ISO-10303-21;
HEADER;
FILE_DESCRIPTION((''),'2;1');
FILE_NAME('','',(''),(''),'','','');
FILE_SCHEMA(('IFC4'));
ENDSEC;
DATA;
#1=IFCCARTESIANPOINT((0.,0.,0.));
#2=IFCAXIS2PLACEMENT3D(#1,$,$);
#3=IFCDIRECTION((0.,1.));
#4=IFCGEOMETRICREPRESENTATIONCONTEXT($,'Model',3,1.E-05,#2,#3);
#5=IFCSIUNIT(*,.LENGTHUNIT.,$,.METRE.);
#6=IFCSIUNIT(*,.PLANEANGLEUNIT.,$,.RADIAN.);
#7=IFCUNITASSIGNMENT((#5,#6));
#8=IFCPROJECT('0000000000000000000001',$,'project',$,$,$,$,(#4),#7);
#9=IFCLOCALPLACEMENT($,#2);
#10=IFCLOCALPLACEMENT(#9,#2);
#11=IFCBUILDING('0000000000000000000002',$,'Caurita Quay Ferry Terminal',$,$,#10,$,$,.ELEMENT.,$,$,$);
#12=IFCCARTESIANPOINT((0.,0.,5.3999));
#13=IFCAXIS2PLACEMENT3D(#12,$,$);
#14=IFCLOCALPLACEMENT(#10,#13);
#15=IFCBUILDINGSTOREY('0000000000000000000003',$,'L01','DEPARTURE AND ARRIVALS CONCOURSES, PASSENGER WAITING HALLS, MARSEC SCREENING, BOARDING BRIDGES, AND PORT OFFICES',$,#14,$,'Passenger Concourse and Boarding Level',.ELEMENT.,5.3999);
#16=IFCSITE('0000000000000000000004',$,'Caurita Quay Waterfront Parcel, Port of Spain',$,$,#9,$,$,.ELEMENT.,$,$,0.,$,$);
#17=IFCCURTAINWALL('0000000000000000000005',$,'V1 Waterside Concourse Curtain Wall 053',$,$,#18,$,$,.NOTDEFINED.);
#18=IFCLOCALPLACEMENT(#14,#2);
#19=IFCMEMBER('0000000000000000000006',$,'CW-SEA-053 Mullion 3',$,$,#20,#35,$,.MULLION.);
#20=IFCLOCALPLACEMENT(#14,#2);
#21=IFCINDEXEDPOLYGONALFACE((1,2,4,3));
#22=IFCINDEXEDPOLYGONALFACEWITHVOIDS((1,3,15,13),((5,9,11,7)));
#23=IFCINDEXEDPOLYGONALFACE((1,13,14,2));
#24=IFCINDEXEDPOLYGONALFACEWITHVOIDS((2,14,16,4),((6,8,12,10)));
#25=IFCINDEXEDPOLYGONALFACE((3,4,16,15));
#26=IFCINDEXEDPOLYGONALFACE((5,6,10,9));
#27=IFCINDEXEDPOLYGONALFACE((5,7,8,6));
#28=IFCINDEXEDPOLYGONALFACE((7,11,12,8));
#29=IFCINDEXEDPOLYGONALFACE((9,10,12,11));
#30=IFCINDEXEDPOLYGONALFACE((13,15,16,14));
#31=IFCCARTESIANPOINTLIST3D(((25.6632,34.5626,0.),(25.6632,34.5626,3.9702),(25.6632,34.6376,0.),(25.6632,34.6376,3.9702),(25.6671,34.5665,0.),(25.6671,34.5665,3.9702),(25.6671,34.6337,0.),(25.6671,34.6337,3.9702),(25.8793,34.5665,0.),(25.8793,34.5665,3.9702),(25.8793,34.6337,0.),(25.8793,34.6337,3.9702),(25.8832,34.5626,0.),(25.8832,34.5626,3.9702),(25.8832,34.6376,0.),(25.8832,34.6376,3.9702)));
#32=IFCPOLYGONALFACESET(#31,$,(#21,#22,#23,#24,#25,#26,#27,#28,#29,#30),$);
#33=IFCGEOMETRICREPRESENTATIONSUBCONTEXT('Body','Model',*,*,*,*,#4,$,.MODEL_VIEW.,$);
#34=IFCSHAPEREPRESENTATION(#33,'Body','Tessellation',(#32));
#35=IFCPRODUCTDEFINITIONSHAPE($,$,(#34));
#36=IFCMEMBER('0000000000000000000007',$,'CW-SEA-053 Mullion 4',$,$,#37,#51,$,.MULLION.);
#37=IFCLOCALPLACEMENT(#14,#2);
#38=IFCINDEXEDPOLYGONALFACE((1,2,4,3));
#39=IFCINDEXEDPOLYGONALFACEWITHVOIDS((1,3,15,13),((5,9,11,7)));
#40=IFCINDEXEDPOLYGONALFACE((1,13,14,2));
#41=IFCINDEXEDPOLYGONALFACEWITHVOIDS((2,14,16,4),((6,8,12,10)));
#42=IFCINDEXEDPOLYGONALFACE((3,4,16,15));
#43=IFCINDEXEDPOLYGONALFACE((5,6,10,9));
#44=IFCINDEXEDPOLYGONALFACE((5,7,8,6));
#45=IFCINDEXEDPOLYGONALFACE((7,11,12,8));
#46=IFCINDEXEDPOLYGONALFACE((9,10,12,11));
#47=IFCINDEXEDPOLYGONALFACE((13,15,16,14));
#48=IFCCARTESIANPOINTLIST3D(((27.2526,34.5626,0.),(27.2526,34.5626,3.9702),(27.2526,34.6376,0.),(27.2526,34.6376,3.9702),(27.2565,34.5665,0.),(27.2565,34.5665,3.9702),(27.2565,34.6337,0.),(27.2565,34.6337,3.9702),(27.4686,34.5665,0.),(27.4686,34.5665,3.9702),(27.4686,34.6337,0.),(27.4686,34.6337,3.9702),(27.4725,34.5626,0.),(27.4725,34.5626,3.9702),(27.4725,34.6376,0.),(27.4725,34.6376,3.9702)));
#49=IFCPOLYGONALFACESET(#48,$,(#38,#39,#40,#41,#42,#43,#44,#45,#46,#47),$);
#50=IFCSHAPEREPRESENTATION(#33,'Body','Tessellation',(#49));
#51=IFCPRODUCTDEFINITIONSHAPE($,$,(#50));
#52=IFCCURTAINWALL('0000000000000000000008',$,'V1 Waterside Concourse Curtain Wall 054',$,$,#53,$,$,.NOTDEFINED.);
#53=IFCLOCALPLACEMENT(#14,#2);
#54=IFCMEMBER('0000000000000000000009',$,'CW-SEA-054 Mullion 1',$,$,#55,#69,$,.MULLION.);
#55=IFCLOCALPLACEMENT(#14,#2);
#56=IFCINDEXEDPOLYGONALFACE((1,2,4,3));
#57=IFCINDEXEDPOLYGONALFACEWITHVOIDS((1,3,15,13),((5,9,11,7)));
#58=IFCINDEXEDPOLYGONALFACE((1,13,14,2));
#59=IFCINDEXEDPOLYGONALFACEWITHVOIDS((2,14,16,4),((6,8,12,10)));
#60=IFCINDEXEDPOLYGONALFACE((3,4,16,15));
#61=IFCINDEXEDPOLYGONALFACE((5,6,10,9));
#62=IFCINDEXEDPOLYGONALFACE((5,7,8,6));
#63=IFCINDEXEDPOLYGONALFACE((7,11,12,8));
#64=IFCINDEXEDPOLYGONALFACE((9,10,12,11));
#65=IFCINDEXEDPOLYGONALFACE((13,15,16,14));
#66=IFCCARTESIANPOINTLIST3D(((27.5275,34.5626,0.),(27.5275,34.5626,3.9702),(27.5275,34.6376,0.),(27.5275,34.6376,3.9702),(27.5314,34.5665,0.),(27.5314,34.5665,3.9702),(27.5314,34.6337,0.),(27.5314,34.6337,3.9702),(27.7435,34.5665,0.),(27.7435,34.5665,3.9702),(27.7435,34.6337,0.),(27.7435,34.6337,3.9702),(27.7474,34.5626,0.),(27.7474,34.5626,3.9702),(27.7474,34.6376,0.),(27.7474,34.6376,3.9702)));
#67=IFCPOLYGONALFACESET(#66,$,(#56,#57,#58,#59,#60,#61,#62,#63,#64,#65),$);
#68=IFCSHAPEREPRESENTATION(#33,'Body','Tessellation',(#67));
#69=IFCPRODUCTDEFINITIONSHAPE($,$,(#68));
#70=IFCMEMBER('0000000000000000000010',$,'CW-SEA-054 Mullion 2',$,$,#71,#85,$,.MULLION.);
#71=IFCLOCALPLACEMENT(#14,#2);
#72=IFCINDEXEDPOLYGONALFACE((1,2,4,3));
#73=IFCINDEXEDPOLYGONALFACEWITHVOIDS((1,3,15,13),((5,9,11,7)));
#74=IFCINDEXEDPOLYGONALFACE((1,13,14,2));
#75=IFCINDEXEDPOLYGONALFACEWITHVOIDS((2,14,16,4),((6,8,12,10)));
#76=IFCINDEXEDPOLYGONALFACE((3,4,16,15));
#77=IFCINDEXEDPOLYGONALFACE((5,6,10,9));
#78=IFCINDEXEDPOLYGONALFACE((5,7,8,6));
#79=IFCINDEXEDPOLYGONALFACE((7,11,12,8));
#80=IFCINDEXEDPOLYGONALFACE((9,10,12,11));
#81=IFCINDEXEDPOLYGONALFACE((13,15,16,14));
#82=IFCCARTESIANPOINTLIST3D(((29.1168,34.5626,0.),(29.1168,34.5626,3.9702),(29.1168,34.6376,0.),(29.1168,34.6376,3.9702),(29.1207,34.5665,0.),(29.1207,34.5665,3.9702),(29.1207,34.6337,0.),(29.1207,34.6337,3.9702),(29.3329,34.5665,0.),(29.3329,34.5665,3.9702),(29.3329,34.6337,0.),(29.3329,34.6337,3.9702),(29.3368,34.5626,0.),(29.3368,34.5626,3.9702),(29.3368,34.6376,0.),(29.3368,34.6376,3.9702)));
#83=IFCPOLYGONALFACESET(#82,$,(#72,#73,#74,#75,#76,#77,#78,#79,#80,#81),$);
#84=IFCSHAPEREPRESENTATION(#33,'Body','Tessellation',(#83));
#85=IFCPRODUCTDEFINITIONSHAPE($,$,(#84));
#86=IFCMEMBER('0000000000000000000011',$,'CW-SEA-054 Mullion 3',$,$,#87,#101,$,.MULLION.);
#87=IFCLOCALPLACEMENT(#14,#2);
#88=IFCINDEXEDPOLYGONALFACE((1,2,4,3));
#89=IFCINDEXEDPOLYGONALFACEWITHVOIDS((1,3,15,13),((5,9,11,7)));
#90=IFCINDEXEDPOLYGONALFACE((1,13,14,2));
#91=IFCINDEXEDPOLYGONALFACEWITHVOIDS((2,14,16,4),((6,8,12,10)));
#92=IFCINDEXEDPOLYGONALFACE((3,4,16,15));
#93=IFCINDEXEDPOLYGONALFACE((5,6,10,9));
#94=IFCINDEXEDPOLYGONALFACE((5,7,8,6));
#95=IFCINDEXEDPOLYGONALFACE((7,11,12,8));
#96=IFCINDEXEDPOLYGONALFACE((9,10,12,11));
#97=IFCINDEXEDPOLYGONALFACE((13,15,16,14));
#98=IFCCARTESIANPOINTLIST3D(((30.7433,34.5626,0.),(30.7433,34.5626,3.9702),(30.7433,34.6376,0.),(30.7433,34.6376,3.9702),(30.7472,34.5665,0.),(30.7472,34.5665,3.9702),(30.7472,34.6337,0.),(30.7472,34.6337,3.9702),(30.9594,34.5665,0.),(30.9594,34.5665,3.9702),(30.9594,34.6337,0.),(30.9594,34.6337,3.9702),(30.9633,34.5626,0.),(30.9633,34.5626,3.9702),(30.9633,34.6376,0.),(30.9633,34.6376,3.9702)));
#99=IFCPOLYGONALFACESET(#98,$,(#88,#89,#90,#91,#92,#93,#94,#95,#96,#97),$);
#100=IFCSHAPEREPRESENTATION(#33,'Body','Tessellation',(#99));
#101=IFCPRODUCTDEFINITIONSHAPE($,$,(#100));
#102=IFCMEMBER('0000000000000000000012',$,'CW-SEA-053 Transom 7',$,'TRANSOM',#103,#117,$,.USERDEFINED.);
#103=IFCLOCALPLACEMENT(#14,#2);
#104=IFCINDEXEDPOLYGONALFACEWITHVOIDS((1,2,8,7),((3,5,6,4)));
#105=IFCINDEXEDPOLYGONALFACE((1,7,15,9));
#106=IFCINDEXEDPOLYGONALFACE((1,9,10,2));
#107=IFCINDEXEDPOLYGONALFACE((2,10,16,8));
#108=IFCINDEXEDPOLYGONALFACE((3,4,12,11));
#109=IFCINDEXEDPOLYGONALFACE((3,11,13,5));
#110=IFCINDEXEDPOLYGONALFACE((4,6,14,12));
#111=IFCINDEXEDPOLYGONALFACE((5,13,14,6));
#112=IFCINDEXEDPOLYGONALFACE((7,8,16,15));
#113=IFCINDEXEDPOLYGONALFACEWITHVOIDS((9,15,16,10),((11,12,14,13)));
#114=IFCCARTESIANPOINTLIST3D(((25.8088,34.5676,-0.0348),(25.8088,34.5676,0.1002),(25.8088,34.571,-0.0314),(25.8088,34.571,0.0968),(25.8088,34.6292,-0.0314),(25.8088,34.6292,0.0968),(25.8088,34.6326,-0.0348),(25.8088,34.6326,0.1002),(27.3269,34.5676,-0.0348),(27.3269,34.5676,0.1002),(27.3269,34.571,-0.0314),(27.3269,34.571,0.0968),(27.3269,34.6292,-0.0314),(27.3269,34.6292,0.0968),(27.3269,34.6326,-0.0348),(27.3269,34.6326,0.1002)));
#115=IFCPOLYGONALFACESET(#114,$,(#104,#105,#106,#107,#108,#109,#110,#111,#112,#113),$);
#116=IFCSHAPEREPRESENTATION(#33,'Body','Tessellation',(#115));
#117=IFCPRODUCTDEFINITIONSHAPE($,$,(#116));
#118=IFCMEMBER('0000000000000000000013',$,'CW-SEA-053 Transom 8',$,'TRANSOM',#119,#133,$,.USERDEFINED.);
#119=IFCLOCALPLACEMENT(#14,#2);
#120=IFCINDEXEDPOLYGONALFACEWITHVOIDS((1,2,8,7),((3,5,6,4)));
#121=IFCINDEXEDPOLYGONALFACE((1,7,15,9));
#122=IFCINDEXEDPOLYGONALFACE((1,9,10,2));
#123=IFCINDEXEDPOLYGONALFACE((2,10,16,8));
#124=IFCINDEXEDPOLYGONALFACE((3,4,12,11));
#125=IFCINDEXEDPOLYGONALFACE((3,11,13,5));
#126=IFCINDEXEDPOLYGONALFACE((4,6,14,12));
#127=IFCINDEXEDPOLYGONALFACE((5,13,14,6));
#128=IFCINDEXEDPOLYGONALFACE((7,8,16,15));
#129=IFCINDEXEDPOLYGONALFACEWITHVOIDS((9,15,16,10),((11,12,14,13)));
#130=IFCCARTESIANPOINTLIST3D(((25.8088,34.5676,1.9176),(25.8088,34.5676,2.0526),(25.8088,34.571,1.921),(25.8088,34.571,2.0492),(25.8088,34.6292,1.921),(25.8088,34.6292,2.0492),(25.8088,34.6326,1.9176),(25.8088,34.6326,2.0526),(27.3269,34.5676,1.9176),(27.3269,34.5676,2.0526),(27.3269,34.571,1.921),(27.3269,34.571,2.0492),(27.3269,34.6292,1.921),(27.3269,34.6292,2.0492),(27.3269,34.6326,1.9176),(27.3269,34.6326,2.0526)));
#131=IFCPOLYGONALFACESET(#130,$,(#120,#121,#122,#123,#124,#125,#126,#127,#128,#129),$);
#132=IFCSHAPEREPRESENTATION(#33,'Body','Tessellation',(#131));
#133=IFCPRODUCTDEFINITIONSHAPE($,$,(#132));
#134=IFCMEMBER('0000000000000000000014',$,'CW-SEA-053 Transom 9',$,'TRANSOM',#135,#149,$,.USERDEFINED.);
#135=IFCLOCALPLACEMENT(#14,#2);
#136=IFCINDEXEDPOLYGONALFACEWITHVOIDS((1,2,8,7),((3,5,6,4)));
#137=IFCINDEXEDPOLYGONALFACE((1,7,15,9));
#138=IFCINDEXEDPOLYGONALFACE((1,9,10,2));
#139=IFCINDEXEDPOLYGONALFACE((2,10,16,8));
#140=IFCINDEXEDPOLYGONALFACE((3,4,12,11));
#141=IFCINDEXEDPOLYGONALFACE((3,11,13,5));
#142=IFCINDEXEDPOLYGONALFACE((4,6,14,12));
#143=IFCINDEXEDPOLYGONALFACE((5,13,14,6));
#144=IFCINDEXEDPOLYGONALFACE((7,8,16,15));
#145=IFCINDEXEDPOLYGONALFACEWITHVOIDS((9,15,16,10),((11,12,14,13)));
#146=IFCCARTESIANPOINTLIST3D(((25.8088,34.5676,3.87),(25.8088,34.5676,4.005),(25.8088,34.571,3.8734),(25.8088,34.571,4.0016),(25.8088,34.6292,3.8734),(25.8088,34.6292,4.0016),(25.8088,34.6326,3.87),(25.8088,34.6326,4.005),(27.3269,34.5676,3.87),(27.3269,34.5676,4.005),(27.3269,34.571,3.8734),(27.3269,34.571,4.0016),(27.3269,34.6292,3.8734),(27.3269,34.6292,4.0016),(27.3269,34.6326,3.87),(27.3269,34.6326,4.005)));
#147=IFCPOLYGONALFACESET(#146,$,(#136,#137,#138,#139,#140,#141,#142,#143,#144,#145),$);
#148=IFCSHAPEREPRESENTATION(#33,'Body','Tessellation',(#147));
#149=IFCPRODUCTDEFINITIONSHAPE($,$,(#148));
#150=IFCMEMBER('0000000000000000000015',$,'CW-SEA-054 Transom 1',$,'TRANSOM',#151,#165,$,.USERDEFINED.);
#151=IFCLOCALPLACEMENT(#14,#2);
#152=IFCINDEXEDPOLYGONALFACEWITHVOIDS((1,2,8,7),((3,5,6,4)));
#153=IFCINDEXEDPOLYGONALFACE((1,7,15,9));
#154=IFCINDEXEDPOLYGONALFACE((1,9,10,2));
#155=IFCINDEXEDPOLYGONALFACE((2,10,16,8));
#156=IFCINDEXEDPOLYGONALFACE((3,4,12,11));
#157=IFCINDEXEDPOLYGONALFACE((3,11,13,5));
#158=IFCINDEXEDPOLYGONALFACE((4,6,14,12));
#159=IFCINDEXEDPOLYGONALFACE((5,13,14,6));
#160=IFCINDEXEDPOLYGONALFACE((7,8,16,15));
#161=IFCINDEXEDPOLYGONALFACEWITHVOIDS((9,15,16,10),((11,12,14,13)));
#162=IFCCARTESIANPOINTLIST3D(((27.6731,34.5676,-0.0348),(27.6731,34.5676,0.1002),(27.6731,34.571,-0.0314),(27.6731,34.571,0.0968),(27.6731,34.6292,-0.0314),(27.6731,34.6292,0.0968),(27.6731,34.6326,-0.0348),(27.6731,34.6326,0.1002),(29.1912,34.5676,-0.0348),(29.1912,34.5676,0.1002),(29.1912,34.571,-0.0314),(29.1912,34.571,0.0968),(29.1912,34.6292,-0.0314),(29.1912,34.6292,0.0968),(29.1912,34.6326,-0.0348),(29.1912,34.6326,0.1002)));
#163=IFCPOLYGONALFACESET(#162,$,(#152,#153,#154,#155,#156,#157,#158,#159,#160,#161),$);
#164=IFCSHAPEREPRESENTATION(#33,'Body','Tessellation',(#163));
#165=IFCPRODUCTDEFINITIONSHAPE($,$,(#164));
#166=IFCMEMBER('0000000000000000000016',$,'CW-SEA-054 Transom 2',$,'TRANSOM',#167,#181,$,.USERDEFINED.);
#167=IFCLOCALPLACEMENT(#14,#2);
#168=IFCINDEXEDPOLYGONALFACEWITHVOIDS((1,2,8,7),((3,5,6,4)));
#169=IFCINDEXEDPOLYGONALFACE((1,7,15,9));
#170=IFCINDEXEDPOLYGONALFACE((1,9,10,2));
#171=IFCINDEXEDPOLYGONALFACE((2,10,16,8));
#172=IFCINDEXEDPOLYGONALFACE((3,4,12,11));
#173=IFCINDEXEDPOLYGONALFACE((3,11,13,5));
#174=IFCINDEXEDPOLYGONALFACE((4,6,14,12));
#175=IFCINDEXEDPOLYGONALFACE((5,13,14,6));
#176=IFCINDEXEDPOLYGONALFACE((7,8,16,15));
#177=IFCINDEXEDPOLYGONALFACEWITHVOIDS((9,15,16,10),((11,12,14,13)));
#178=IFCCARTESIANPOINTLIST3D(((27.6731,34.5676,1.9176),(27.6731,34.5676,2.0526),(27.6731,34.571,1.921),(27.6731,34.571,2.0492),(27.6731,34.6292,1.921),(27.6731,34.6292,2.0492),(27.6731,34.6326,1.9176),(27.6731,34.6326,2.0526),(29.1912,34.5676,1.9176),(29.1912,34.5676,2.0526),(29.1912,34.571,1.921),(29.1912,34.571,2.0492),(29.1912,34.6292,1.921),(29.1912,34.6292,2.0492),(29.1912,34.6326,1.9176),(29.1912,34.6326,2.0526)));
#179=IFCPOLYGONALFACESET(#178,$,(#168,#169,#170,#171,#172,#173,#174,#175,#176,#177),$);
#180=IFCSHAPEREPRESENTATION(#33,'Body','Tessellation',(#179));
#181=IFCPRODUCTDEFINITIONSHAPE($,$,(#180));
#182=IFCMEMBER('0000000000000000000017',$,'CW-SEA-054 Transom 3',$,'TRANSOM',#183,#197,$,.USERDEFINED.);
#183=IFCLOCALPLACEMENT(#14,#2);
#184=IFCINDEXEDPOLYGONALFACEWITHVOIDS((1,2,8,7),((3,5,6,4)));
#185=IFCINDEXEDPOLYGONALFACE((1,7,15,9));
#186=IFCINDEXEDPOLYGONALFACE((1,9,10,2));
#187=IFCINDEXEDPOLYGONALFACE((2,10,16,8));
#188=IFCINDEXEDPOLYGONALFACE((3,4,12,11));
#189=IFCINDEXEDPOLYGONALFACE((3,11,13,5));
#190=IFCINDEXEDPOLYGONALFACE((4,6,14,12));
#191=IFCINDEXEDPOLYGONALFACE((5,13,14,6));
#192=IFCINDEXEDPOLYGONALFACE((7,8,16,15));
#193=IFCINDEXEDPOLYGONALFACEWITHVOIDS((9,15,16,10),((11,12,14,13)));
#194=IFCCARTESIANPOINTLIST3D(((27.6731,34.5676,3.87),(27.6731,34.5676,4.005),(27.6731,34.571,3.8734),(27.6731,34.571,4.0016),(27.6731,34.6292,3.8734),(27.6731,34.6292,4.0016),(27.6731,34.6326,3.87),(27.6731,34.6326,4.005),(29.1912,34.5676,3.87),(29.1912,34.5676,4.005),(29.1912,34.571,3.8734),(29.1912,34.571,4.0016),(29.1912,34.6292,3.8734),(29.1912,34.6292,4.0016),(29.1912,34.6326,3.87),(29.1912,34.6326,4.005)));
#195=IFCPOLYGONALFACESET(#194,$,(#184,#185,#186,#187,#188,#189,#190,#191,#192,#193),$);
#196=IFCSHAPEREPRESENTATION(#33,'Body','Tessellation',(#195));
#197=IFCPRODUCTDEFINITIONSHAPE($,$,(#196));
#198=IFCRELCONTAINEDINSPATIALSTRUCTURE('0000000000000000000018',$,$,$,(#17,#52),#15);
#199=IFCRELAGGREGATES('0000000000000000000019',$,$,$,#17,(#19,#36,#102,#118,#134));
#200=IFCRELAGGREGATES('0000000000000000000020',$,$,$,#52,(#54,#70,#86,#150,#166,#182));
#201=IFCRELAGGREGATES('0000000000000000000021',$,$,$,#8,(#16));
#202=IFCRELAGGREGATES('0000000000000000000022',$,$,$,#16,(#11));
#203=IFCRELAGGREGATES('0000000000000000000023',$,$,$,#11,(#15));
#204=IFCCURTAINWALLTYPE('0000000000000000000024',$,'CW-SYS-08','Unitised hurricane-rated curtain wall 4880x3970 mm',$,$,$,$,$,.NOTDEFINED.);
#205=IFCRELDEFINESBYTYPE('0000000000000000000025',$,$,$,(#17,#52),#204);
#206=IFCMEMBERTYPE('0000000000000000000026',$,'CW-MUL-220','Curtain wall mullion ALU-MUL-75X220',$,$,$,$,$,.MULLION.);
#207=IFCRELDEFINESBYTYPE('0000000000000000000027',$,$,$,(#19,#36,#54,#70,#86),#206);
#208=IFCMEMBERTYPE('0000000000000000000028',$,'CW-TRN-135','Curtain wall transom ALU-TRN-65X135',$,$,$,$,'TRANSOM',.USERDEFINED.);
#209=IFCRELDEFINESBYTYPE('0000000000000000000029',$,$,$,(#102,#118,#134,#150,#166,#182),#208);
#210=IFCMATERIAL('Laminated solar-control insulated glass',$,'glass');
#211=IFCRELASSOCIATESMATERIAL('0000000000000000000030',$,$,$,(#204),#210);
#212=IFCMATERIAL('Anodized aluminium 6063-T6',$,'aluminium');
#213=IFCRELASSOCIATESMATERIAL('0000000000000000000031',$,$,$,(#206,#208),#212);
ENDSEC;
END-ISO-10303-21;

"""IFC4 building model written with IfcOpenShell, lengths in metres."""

from ifc_helpers import new_model, si_unit, direction, frame, origin, origin_2d, place, context, subcontext, project, spatial, hollow_rectangle, extrude, material, material_profile, profile_set, type_object, element, aggregate, save


model = new_model("IFC4")

# Units and contexts
model_context = context("Model", 3, precision=1e-05, world=origin(), true_north=direction((0.0, 1.0)))
body_context = subcontext(model_context, "Body", "Model", "MODEL_VIEW")
ifc_project = project(units=[si_unit("LENGTHUNIT", "METRE"), si_unit("PLANEANGLEUNIT", "RADIAN")], contexts=[model_context])

# Site, building, storey
site_placement = place(None, origin())
site = spatial("IfcSite", under=ifc_project, at=site_placement, Name="Caurita Quay Waterfront Parcel, Port of Spain", CompositionType="ELEMENT", RefElevation=0.0)
building_placement = place(site_placement, origin())
building = spatial("IfcBuilding", under=site, at=building_placement, Name="Caurita Quay Ferry Terminal", CompositionType="ELEMENT")
storey_placement = place(building_placement, frame((0.0, 0.0, 5.3999)))
storey = spatial("IfcBuildingStorey", under=building, at=storey_placement, Name="L01", Description="DEPARTURE AND ARRIVALS CONCOURSES, PASSENGER WAITING HALLS, MARSEC SCREENING, BOARDING BRIDGES, AND PORT OFFICES", LongName="Passenger Concourse and Boarding Level", CompositionType="ELEMENT", Elevation=5.3999)

# Curtain walls, members
ifc_material_1 = material(Name="Laminated solar-control insulated glass", Category="glass")
curtain_wall_type = type_object("IfcCurtainWallType", Name="CW-SYS-08", Description="Unitised hurricane-rated curtain wall 4880x3970 mm", PredefinedType="NOTDEFINED", material=ifc_material_1)
curtain_wall_1_placement = place(storey_placement, origin())
curtain_wall_1 = element("IfcCurtainWall", 1, at=curtain_wall_1_placement, inside=storey, type_object=curtain_wall_type, Name="V1 Waterside Concourse Curtain Wall 053", PredefinedType="NOTDEFINED")
ifc_material_2 = material(Name="Anodized aluminium 6063-T6", Category="aluminium")
ifc_material_profile_1 = material_profile(ifc_material_2, hollow_rectangle(XDim=0.075, YDim=0.22, WallThickness=0.0039, at=origin_2d()), Name="ALU-MUL-75X220")
ifc_profile_set_1 = profile_set([ifc_material_profile_1], Name="Anodized aluminium 6063-T6")
member_type_1 = type_object("IfcMemberType", Name="CW-MUL-220", Description="Curtain wall mullion ALU-MUL-75X220", PredefinedType="MULLION", material=ifc_profile_set_1)
member_1_placement = place(storey_placement, frame((25.7732, 34.6001, 0.0), z_axis=(0.0, 0.0, 1.0), x_axis=(0.0, 1.0, 0.0)))
member_1 = element("IfcMember", 2, at=member_1_placement, type_object=member_type_1, Name="CW-SEA-053 Mullion 3", PredefinedType="MULLION", context=body_context, shape_type="SweptSolid", body=[
    extrude(hollow_rectangle(XDim=0.075, YDim=0.22, WallThickness=0.0039, at=origin_2d()), origin(), (0.0, 0.0, 1.0), 3.9702),
])
member_2_placement = place(storey_placement, frame((27.3625, 34.6001, 0.0), z_axis=(0.0, 0.0, 1.0), x_axis=(0.0, 1.0, 0.0)))
member_2 = element("IfcMember", 3, at=member_2_placement, type_object=member_type_1, Name="CW-SEA-053 Mullion 4", PredefinedType="MULLION", context=body_context, shape_type="SweptSolid", body=[
    extrude(hollow_rectangle(XDim=0.075, YDim=0.22, WallThickness=0.0039, at=origin_2d()), origin(), (0.0, 0.0, 1.0), 3.9702),
])
curtain_wall_2_placement = place(storey_placement, origin())
curtain_wall_2 = element("IfcCurtainWall", 4, at=curtain_wall_2_placement, inside=storey, type_object=curtain_wall_type, Name="V1 Waterside Concourse Curtain Wall 054", PredefinedType="NOTDEFINED")
member_3_placement = place(storey_placement, frame((27.6375, 34.6001, 0.0), z_axis=(0.0, 0.0, 1.0), x_axis=(0.0, 1.0, 0.0)))
member_3 = element("IfcMember", 5, at=member_3_placement, type_object=member_type_1, Name="CW-SEA-054 Mullion 1", PredefinedType="MULLION", context=body_context, shape_type="SweptSolid", body=[
    extrude(hollow_rectangle(XDim=0.075, YDim=0.22, WallThickness=0.0039, at=origin_2d()), origin(), (0.0, 0.0, 1.0), 3.9702),
])
member_4_placement = place(storey_placement, frame((29.2268, 34.6001, 0.0), z_axis=(0.0, 0.0, 1.0), x_axis=(0.0, 1.0, 0.0)))
member_4 = element("IfcMember", 6, at=member_4_placement, type_object=member_type_1, Name="CW-SEA-054 Mullion 2", PredefinedType="MULLION", context=body_context, shape_type="SweptSolid", body=[
    extrude(hollow_rectangle(XDim=0.075, YDim=0.22, WallThickness=0.0039, at=origin_2d()), origin(), (0.0, 0.0, 1.0), 3.9702),
])
member_5_placement = place(storey_placement, frame((30.8533, 34.6001, 0.0), z_axis=(0.0, 0.0, 1.0), x_axis=(0.0, 1.0, 0.0)))
member_5 = element("IfcMember", 7, at=member_5_placement, type_object=member_type_1, Name="CW-SEA-054 Mullion 3", PredefinedType="MULLION", context=body_context, shape_type="SweptSolid", body=[
    extrude(hollow_rectangle(XDim=0.075, YDim=0.22, WallThickness=0.0039, at=origin_2d()), origin(), (0.0, 0.0, 1.0), 3.9702),
])

# Members
ifc_material_profile_2 = material_profile(ifc_material_2, hollow_rectangle(XDim=0.0649, YDim=0.135, WallThickness=0.0034, at=origin_2d()), Name="ALU-TRN-65X135")
ifc_profile_set_2 = profile_set([ifc_material_profile_2], Name="Anodized aluminium 6063-T6")
member_type_2 = type_object("IfcMemberType", Name="CW-TRN-135", Description="Curtain wall transom ALU-TRN-65X135", ElementType="TRANSOM", PredefinedType="USERDEFINED", material=ifc_profile_set_2)
member_6_placement = place(storey_placement, frame((25.8088, 34.6001, 0.0327), z_axis=(1.0, 0.0, 0.0), x_axis=(0.0, 1.0, 0.0)))
member_6 = element("IfcMember", 8, at=member_6_placement, type_object=member_type_2, Name="CW-SEA-053 Transom 7", ObjectType="TRANSOM", PredefinedType="USERDEFINED", context=body_context, shape_type="SweptSolid", body=[
    extrude(hollow_rectangle(XDim=0.0649, YDim=0.135, WallThickness=0.0034, at=origin_2d()), origin(), (0.0, 0.0, 1.0), 1.5181),
])
member_7_placement = place(storey_placement, frame((25.8088, 34.6001, 1.9851), z_axis=(1.0, 0.0, 0.0), x_axis=(0.0, 1.0, 0.0)))
member_7 = element("IfcMember", 9, at=member_7_placement, type_object=member_type_2, Name="CW-SEA-053 Transom 8", ObjectType="TRANSOM", PredefinedType="USERDEFINED", context=body_context, shape_type="SweptSolid", body=[
    extrude(hollow_rectangle(XDim=0.0649, YDim=0.135, WallThickness=0.0034, at=origin_2d()), origin(), (0.0, 0.0, 1.0), 1.5181),
])
member_8_placement = place(storey_placement, frame((25.8088, 34.6001, 3.9375), z_axis=(1.0, 0.0, 0.0), x_axis=(0.0, 1.0, 0.0)))
member_8 = element("IfcMember", 10, at=member_8_placement, type_object=member_type_2, Name="CW-SEA-053 Transom 9", ObjectType="TRANSOM", PredefinedType="USERDEFINED", context=body_context, shape_type="SweptSolid", body=[
    extrude(hollow_rectangle(XDim=0.0649, YDim=0.135, WallThickness=0.0034, at=origin_2d()), origin(), (0.0, 0.0, 1.0), 1.5181),
])
member_9_placement = place(storey_placement, frame((27.6731, 34.6001, 0.0327), z_axis=(1.0, 0.0, 0.0), x_axis=(0.0, 1.0, 0.0)))
member_9 = element("IfcMember", 11, at=member_9_placement, type_object=member_type_2, Name="CW-SEA-054 Transom 1", ObjectType="TRANSOM", PredefinedType="USERDEFINED", context=body_context, shape_type="SweptSolid", body=[
    extrude(hollow_rectangle(XDim=0.0649, YDim=0.135, WallThickness=0.0034, at=origin_2d()), origin(), (0.0, 0.0, 1.0), 1.5181),
])
member_10_placement = place(storey_placement, frame((27.6731, 34.6001, 1.9851), z_axis=(1.0, 0.0, 0.0), x_axis=(0.0, 1.0, 0.0)))
member_10 = element("IfcMember", 12, at=member_10_placement, type_object=member_type_2, Name="CW-SEA-054 Transom 2", ObjectType="TRANSOM", PredefinedType="USERDEFINED", context=body_context, shape_type="SweptSolid", body=[
    extrude(hollow_rectangle(XDim=0.0649, YDim=0.135, WallThickness=0.0034, at=origin_2d()), origin(), (0.0, 0.0, 1.0), 1.5181),
])
member_11_placement = place(storey_placement, frame((27.6731, 34.6001, 3.9375), z_axis=(1.0, 0.0, 0.0), x_axis=(0.0, 1.0, 0.0)))
member_11 = element("IfcMember", 13, at=member_11_placement, type_object=member_type_2, Name="CW-SEA-054 Transom 3", ObjectType="TRANSOM", PredefinedType="USERDEFINED", context=body_context, shape_type="SweptSolid", body=[
    extrude(hollow_rectangle(XDim=0.0649, YDim=0.135, WallThickness=0.0034, at=origin_2d()), origin(), (0.0, 0.0, 1.0), 1.5181),
])

aggregate(curtain_wall_1, [member_1, member_2, member_6, member_7, member_8])
aggregate(curtain_wall_2, [member_3, member_4, member_5, member_9, member_10, member_11])

save(model, "model.ifc")
